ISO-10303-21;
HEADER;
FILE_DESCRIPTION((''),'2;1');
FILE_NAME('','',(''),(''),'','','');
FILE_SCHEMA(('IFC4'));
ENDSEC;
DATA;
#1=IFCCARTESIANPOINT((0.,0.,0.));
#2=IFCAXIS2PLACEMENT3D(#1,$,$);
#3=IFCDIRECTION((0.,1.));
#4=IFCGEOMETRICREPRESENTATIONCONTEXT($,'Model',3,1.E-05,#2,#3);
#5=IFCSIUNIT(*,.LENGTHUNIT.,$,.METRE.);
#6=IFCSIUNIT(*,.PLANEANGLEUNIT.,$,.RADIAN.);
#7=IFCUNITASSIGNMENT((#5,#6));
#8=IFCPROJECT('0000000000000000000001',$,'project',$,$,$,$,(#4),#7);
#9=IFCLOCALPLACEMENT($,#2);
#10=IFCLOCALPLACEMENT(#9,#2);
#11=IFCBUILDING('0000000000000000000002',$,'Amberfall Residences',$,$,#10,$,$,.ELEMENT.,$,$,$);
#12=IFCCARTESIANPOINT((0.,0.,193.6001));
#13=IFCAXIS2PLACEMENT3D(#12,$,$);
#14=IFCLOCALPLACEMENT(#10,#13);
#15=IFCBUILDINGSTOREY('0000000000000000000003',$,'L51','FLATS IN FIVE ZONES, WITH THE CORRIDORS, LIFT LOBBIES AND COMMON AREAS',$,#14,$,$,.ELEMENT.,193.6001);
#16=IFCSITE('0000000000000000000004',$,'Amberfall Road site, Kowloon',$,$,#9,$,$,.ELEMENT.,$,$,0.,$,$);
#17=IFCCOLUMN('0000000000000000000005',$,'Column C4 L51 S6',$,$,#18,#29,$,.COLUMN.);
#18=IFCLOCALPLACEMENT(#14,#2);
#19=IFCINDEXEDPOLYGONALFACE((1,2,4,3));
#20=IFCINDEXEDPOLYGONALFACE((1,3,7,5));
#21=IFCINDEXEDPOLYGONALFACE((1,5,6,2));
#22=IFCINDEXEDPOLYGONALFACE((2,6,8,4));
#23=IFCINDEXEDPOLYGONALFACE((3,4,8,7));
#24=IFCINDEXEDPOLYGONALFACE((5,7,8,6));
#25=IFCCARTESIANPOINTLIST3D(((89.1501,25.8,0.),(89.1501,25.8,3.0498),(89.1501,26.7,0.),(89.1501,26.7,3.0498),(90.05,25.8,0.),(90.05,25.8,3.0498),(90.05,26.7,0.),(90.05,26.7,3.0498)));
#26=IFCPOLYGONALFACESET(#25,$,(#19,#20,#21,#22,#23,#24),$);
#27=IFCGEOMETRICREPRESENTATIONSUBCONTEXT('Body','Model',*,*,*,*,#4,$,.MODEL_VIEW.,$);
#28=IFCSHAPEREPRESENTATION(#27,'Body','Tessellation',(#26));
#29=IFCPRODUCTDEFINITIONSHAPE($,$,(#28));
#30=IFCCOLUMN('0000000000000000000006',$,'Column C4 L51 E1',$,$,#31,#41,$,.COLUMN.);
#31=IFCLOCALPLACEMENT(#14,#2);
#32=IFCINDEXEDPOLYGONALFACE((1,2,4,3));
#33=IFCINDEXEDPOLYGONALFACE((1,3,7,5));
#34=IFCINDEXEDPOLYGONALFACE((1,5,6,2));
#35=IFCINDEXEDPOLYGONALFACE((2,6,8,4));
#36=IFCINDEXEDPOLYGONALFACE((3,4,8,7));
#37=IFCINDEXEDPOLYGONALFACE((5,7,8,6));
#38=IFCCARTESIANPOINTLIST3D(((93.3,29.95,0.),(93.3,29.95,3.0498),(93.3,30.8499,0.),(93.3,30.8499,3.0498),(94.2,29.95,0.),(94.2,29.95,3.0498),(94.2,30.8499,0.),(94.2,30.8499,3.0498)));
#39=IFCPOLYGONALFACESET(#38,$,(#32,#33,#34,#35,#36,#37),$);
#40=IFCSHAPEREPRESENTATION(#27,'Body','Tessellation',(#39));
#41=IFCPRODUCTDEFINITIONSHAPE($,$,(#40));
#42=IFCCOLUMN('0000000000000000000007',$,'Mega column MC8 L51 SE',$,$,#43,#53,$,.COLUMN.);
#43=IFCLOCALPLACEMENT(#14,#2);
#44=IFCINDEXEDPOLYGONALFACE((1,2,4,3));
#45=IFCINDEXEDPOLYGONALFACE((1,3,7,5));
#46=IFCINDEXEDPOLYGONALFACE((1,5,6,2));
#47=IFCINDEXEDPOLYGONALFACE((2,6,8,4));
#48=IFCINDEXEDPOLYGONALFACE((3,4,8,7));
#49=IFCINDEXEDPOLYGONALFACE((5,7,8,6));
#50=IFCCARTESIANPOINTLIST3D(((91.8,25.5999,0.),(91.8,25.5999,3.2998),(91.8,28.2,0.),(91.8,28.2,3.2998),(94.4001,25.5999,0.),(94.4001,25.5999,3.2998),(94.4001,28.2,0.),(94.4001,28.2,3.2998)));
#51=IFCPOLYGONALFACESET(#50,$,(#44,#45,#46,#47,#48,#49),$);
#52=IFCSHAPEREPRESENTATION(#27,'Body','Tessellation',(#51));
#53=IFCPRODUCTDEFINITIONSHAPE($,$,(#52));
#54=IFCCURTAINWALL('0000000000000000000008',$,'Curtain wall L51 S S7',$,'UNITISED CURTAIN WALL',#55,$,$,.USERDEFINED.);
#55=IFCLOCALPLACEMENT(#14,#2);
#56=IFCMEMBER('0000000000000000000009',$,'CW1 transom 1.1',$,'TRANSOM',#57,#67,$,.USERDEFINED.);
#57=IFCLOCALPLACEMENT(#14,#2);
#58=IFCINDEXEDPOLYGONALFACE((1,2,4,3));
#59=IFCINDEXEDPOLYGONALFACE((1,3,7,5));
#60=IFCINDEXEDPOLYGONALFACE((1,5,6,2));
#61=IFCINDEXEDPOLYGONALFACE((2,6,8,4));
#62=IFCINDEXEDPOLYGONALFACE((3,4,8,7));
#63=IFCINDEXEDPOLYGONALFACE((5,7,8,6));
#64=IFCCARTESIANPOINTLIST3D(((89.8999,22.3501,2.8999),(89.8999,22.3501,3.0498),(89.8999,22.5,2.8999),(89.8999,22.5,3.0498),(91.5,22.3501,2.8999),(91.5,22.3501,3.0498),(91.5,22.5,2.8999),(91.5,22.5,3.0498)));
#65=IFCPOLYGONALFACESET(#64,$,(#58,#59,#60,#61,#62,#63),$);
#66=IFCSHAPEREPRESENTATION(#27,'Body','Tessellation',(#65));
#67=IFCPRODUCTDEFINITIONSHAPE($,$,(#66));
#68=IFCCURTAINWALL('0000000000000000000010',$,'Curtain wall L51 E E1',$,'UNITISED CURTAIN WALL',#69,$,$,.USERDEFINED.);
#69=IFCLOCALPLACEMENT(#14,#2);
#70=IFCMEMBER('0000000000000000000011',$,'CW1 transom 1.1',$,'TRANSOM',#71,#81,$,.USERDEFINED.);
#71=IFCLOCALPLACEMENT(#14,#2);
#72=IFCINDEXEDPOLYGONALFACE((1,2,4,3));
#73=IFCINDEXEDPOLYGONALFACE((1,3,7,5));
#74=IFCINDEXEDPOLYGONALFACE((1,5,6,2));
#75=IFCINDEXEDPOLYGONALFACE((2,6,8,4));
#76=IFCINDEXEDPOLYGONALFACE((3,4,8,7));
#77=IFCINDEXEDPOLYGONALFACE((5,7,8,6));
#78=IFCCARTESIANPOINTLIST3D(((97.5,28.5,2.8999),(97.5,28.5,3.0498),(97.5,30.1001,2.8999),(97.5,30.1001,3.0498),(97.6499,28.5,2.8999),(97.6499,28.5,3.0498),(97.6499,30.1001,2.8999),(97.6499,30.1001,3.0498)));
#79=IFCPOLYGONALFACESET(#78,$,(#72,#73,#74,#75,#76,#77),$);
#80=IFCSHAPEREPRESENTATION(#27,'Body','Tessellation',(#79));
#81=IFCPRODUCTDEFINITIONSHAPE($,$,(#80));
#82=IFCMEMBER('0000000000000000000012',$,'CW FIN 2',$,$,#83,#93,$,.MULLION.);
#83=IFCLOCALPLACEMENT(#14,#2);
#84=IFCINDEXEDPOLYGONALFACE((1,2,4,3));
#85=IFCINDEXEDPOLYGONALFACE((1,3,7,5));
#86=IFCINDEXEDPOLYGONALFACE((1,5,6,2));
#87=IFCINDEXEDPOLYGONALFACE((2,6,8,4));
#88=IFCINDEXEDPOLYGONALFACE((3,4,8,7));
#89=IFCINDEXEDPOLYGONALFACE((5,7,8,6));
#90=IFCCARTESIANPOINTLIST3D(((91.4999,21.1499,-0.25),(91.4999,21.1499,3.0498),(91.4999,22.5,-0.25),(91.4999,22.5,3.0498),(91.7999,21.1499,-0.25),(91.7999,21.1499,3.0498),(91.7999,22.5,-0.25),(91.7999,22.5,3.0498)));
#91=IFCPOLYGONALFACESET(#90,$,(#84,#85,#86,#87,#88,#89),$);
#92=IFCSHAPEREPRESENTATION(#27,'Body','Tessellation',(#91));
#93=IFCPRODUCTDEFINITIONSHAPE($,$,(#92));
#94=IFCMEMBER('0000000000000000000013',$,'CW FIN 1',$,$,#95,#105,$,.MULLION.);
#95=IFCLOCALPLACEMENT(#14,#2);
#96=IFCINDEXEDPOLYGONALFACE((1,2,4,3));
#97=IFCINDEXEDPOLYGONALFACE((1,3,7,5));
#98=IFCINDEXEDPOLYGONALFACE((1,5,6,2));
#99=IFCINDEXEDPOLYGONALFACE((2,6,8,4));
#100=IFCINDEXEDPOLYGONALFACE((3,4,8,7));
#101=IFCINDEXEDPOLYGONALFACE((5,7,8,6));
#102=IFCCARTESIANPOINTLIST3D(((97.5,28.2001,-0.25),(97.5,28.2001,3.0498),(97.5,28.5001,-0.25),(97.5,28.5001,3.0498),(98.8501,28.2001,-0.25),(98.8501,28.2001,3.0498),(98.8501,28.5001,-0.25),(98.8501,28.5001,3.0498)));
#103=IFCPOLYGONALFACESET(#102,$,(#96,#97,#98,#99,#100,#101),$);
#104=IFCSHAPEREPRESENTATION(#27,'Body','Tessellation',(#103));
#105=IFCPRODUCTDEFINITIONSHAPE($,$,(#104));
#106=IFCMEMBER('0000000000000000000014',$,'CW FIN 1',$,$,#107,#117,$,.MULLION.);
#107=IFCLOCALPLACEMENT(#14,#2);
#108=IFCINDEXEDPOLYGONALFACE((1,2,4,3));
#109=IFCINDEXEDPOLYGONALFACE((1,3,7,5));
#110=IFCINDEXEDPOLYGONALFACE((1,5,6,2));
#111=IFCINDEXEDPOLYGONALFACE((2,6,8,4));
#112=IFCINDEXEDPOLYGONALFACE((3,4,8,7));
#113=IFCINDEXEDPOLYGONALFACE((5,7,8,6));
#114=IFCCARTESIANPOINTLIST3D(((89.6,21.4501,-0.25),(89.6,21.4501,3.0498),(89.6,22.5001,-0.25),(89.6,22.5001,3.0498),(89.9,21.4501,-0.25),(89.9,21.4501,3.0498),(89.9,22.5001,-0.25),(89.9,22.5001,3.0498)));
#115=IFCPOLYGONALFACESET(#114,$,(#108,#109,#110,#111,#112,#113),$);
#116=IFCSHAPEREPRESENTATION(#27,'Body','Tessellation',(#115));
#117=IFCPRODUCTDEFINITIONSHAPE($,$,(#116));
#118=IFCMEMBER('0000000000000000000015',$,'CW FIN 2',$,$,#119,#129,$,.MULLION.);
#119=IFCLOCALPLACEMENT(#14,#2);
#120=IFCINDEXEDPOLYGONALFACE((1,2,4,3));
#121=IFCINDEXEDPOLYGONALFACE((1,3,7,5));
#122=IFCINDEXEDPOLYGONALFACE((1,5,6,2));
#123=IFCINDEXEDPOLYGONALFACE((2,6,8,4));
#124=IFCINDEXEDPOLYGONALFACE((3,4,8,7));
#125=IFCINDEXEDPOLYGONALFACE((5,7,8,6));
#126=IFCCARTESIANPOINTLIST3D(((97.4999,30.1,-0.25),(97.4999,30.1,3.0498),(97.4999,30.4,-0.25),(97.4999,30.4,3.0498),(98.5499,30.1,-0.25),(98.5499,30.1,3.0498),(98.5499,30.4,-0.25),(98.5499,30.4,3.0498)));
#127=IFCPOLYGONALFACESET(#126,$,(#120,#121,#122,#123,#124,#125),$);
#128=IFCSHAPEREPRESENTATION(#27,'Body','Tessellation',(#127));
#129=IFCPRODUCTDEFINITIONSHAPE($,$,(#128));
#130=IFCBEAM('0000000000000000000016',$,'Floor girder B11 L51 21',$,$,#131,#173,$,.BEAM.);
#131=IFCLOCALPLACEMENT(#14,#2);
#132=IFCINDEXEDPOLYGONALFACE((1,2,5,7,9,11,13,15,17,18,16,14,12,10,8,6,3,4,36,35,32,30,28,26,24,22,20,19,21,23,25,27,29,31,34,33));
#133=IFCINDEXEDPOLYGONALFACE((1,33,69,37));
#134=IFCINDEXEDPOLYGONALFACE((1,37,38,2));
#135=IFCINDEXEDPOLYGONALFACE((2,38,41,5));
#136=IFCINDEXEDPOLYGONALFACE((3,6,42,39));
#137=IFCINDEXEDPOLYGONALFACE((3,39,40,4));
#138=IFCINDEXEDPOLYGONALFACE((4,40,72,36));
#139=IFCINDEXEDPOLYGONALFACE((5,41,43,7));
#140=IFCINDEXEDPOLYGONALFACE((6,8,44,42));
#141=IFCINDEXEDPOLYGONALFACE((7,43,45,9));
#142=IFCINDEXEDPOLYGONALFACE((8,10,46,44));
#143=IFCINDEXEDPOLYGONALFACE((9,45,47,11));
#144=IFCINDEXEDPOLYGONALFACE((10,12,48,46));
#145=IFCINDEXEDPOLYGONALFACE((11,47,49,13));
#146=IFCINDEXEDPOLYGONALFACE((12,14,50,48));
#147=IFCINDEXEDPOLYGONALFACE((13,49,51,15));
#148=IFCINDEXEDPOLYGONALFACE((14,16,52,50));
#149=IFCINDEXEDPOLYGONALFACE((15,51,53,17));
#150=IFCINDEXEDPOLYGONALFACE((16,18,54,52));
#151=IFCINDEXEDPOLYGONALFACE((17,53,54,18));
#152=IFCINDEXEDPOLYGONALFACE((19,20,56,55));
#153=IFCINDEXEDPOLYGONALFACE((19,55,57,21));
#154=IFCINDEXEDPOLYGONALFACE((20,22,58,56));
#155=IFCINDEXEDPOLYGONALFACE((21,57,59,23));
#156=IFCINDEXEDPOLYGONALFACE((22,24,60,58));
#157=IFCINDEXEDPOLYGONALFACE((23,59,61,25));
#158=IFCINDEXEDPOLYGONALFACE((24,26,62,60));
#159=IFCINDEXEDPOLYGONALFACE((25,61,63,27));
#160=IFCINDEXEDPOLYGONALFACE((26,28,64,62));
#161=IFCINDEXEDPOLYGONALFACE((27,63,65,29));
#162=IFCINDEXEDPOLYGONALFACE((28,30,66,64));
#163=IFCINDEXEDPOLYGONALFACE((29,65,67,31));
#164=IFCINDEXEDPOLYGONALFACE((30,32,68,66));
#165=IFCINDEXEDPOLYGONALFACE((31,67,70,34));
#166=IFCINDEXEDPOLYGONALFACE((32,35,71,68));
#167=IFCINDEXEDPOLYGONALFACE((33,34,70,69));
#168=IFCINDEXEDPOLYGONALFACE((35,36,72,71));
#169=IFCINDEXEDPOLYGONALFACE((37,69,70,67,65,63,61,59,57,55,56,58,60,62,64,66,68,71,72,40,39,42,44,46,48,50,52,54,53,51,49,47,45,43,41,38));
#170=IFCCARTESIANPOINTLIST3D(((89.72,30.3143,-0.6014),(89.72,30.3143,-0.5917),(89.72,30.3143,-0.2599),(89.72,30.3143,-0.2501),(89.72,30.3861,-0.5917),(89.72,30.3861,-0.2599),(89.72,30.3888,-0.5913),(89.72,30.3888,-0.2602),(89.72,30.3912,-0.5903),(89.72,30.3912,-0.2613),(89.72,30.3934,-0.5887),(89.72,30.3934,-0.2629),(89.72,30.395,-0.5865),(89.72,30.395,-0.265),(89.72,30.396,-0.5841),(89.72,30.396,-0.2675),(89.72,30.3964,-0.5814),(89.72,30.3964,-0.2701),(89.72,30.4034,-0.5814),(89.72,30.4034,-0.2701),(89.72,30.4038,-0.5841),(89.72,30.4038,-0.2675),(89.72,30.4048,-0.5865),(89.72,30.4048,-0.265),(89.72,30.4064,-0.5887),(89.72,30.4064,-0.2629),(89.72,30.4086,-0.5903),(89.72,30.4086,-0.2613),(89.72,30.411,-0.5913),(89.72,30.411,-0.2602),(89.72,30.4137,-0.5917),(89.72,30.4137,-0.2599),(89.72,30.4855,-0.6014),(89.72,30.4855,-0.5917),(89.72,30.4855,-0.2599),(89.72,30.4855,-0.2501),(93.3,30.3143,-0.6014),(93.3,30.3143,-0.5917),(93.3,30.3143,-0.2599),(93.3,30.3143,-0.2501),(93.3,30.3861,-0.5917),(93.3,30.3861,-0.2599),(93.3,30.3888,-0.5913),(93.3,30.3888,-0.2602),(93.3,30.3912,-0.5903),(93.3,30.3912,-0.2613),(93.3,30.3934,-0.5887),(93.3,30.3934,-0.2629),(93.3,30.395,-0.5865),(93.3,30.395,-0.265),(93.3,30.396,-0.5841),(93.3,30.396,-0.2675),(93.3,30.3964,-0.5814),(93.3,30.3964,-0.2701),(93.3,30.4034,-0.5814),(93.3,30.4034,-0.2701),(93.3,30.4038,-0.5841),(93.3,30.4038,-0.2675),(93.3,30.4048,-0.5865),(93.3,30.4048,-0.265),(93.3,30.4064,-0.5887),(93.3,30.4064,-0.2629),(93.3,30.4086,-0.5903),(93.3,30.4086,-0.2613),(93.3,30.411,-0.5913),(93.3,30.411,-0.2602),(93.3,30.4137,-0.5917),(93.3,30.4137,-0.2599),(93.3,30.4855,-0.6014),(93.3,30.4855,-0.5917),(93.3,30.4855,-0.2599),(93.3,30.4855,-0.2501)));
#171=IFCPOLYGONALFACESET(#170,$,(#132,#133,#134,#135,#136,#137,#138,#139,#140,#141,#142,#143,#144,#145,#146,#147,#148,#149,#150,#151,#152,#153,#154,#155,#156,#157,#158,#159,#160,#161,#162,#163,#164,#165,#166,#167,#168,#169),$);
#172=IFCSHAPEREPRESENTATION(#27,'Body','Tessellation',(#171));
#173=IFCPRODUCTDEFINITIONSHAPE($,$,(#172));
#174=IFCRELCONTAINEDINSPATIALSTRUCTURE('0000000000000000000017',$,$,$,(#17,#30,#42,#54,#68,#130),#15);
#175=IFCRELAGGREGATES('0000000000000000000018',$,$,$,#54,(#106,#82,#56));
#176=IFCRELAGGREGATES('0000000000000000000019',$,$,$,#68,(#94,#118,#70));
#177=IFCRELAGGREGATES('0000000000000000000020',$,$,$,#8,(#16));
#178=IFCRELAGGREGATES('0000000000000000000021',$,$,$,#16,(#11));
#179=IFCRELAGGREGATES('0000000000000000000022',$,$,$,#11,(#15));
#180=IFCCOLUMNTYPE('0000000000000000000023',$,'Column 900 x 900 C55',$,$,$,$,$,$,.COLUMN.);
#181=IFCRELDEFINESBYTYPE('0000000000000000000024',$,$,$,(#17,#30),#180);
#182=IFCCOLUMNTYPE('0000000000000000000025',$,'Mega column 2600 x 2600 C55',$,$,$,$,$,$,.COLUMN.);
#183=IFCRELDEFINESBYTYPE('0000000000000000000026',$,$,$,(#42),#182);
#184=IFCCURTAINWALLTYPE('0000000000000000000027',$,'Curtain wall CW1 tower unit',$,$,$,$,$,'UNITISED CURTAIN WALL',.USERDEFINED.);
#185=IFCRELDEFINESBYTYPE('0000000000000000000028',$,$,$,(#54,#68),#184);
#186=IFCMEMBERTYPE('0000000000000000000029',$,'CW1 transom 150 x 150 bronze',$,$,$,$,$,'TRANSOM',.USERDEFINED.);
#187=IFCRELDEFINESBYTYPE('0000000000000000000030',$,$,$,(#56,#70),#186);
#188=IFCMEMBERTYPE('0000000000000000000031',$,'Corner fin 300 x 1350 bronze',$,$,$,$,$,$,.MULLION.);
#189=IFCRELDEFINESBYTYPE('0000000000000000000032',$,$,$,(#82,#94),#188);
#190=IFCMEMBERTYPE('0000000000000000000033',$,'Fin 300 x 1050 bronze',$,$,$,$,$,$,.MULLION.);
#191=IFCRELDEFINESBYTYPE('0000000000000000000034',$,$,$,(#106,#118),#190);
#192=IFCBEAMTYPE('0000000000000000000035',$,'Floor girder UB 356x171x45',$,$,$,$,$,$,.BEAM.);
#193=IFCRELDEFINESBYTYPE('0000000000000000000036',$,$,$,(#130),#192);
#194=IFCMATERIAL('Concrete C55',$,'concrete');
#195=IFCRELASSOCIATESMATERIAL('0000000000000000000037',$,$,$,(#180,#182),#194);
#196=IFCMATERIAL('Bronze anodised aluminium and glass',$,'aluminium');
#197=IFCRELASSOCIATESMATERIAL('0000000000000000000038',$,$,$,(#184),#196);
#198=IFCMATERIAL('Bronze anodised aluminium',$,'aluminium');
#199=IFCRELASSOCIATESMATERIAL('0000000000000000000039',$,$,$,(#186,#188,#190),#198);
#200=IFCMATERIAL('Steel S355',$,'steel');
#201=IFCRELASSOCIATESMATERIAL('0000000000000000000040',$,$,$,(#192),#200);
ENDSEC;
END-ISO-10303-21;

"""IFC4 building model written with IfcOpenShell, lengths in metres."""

from ifc_helpers import new_model, si_unit, direction, frame, origin, origin_2d, place, context, subcontext, project, spatial, rectangle, i_section, extrude, material, material_profile, profile_set, type_object, element, aggregate, save


model = new_model("IFC4")

# Units and contexts
model_context = context("Model", 3, precision=1e-05, world=origin(), true_north=direction((0.0, 1.0)))
body_context = subcontext(model_context, "Body", "Model", "MODEL_VIEW")
ifc_project = project(units=[si_unit("LENGTHUNIT", "METRE"), si_unit("PLANEANGLEUNIT", "RADIAN")], contexts=[model_context])

# Site, building, storey
site_placement = place(None, origin())
site = spatial("IfcSite", under=ifc_project, at=site_placement, Name="Amberfall Road site, Kowloon", CompositionType="ELEMENT", RefElevation=0.0)
building_placement = place(site_placement, origin())
building = spatial("IfcBuilding", under=site, at=building_placement, Name="Amberfall Residences", CompositionType="ELEMENT")
storey_placement = place(building_placement, frame((0.0, 0.0, 193.6001)))
storey = spatial("IfcBuildingStorey", under=building, at=storey_placement, Name="L51", Description="FLATS IN FIVE ZONES, WITH THE CORRIDORS, LIFT LOBBIES AND COMMON AREAS", CompositionType="ELEMENT", Elevation=193.6001)

# Columns
ifc_material_1 = material(Name="Concrete C55", Category="concrete")
ifc_material_profile_1 = material_profile(ifc_material_1, rectangle(XDim=0.8999, YDim=0.8999, at=origin_2d()), Name="Column 900 x 900 C55")
ifc_profile_set_1 = profile_set([ifc_material_profile_1], Name="Concrete C55")
column_type_1 = type_object("IfcColumnType", Name="Column 900 x 900 C55", PredefinedType="COLUMN", material=ifc_profile_set_1)
for number, where, z_axis, x_axis, name in (
    (1, (89.6001, 26.25, 0.0), (0.0, 0.0, 1.0), (1.0, 0.0, 0.0), "Column C4 L51 S6"),
    (2, (93.75, 30.3999, 0.0), (0.0, 0.0, 1.0), (1.0, 0.0, 0.0), "Column C4 L51 E1"),
):
    element("IfcColumn", number, at=place(storey_placement, frame(where, z_axis=z_axis, x_axis=x_axis)), inside=storey, type_object=column_type_1, Name=name, PredefinedType="COLUMN", context=body_context, shape_type="SweptSolid", body=[
        extrude(rectangle(XDim=0.8999, YDim=0.8999, at=origin_2d()), origin(), (0.0, 0.0, 1.0), 3.0498),
    ])
ifc_material_profile_2 = material_profile(ifc_material_1, rectangle(XDim=2.6001, YDim=2.6001, at=origin_2d()), Name="Mega column 2600 x 2600 C55")
ifc_profile_set_2 = profile_set([ifc_material_profile_2], Name="Concrete C55")
column_type_2 = type_object("IfcColumnType", Name="Mega column 2600 x 2600 C55", PredefinedType="COLUMN", material=ifc_profile_set_2)
column_placement = place(storey_placement, frame((93.1001, 26.8999, 0.0), z_axis=(0.0, 0.0, 1.0), x_axis=(1.0, 0.0, 0.0)))
element("IfcColumn", 3, at=column_placement, inside=storey, type_object=column_type_2, Name="Mega column MC8 L51 SE", PredefinedType="COLUMN", context=body_context, shape_type="SweptSolid", body=[
    extrude(rectangle(XDim=2.6001, YDim=2.6001, at=origin_2d()), origin(), (0.0, 0.0, 1.0), 3.2998),
])

# Curtain walls, members
ifc_material_2 = material(Name="Bronze anodised aluminium and glass", Category="aluminium")
curtain_wall_type = type_object("IfcCurtainWallType", Name="Curtain wall CW1 tower unit", ElementType="UNITISED CURTAIN WALL", PredefinedType="USERDEFINED", material=ifc_material_2)
curtain_wall_1_placement = place(storey_placement, origin())
curtain_wall_1 = element("IfcCurtainWall", 4, at=curtain_wall_1_placement, inside=storey, type_object=curtain_wall_type, Name="Curtain wall L51 S S7", ObjectType="UNITISED CURTAIN WALL", PredefinedType="USERDEFINED")
ifc_material_3 = material(Name="Bronze anodised aluminium", Category="aluminium")
ifc_material_profile_3 = material_profile(ifc_material_3, rectangle(XDim=0.1499, YDim=0.1499, at=origin_2d()), Name="CW1 transom 150 x 150 bronze")
ifc_profile_set_3 = profile_set([ifc_material_profile_3], Name="Bronze anodised aluminium")
member_type_1 = type_object("IfcMemberType", Name="CW1 transom 150 x 150 bronze", ElementType="TRANSOM", PredefinedType="USERDEFINED", material=ifc_profile_set_3)
member_1_placement = place(storey_placement, frame((89.8999, 22.425, 2.9749), z_axis=(1.0, 0.0, 0.0), x_axis=(0.0, 1.0, 0.0)))
member_1 = element("IfcMember", 5, at=member_1_placement, type_object=member_type_1, Name="CW1 transom 1.1", ObjectType="TRANSOM", PredefinedType="USERDEFINED", context=body_context, shape_type="SweptSolid", body=[
    extrude(rectangle(XDim=0.1499, YDim=0.1499, at=origin_2d()), origin(), (0.0, 0.0, 1.0), 1.6001),
])
curtain_wall_2_placement = place(storey_placement, origin())
curtain_wall_2 = element("IfcCurtainWall", 6, at=curtain_wall_2_placement, inside=storey, type_object=curtain_wall_type, Name="Curtain wall L51 E E1", ObjectType="UNITISED CURTAIN WALL", PredefinedType="USERDEFINED")
member_2_placement = place(storey_placement, frame((97.575, 28.5, 2.9749), z_axis=(0.0, 1.0, 0.0), x_axis=(-1.0, 0.0, 0.0)))
member_2 = element("IfcMember", 7, at=member_2_placement, type_object=member_type_1, Name="CW1 transom 1.1", ObjectType="TRANSOM", PredefinedType="USERDEFINED", context=body_context, shape_type="SweptSolid", body=[
    extrude(rectangle(XDim=0.1499, YDim=0.1499, at=origin_2d()), origin(), (0.0, 0.0, 1.0), 1.6001),
])

# Members
ifc_material_profile_4 = material_profile(ifc_material_3, rectangle(XDim=1.3501, YDim=0.3, at=origin_2d()), Name="Corner fin 300 x 1350 bronze")
ifc_profile_set_4 = profile_set([ifc_material_profile_4], Name="Bronze anodised aluminium")
member_type_2 = type_object("IfcMemberType", Name="Corner fin 300 x 1350 bronze", PredefinedType="MULLION", material=ifc_profile_set_4)
member_3_placement = place(storey_placement, frame((91.6499, 21.825, -0.25), z_axis=(0.0, 0.0, 1.0), x_axis=(0.0, 1.0, 0.0)))
member_3 = element("IfcMember", 8, at=member_3_placement, type_object=member_type_2, Name="CW FIN 2", PredefinedType="MULLION", context=body_context, shape_type="SweptSolid", body=[
    extrude(rectangle(XDim=1.3501, YDim=0.3, at=origin_2d()), origin(), (0.0, 0.0, 1.0), 3.2998),
])
member_4_placement = place(storey_placement, frame((98.175, 28.3501, -0.25), z_axis=(0.0, 0.0, 1.0), x_axis=(-1.0, 0.0, 0.0)))
member_4 = element("IfcMember", 9, at=member_4_placement, type_object=member_type_2, Name="CW FIN 1", PredefinedType="MULLION", context=body_context, shape_type="SweptSolid", body=[
    extrude(rectangle(XDim=1.3501, YDim=0.3, at=origin_2d()), origin(), (0.0, 0.0, 1.0), 3.2998),
])
ifc_material_profile_5 = material_profile(ifc_material_3, rectangle(XDim=1.05, YDim=0.3, at=origin_2d()), Name="Fin 300 x 1050 bronze")
ifc_profile_set_5 = profile_set([ifc_material_profile_5], Name="Bronze anodised aluminium")
member_type_3 = type_object("IfcMemberType", Name="Fin 300 x 1050 bronze", PredefinedType="MULLION", material=ifc_profile_set_5)
member_5_placement = place(storey_placement, frame((89.75, 21.9751, -0.25), z_axis=(0.0, 0.0, 1.0), x_axis=(0.0, 1.0, 0.0)))
member_5 = element("IfcMember", 10, at=member_5_placement, type_object=member_type_3, Name="CW FIN 1", PredefinedType="MULLION", context=body_context, shape_type="SweptSolid", body=[
    extrude(rectangle(XDim=1.05, YDim=0.3, at=origin_2d()), origin(), (0.0, 0.0, 1.0), 3.2998),
])
member_6_placement = place(storey_placement, frame((98.0249, 30.25, -0.25), z_axis=(0.0, 0.0, 1.0), x_axis=(-1.0, 0.0, 0.0)))
member_6 = element("IfcMember", 11, at=member_6_placement, type_object=member_type_3, Name="CW FIN 2", PredefinedType="MULLION", context=body_context, shape_type="SweptSolid", body=[
    extrude(rectangle(XDim=1.05, YDim=0.3, at=origin_2d()), origin(), (0.0, 0.0, 1.0), 3.2998),
])

# Beam
ifc_material_4 = material(Name="Steel S355", Category="steel")
ifc_material_profile_6 = material_profile(ifc_material_4, i_section(OverallWidth=0.1711, OverallDepth=0.3513, WebThickness=0.0071, FlangeThickness=0.0098, FilletRadius=0.0103, at=origin_2d()), Name="UB 356x171x45")
ifc_profile_set_6 = profile_set([ifc_material_profile_6], Name="Steel S355")
beam_type_1 = type_object("IfcBeamType", Name="Floor girder UB 356x171x45", PredefinedType="BEAM", material=ifc_profile_set_6)
beam_1_placement = place(storey_placement, frame((93.3, 30.3999, -0.4258), z_axis=(-1.0, 0.0, 0.0), x_axis=(0.0, -1.0, 0.0)))
element("IfcBeam", 12, at=beam_1_placement, inside=storey, type_object=beam_type_1, Name="Floor girder B11 L51 21", PredefinedType="BEAM", context=body_context, shape_type="SweptSolid", body=[
    extrude(i_section(OverallWidth=0.1711, OverallDepth=0.3513, WebThickness=0.0071, FlangeThickness=0.0098, FilletRadius=0.0103, at=origin_2d()), origin(), (0.0, 0.0, 1.0), 3.5801),
])

aggregate(curtain_wall_1, [member_5, member_3, member_1])
aggregate(curtain_wall_2, [member_4, member_6, member_2])

save(model, "model.ifc")
